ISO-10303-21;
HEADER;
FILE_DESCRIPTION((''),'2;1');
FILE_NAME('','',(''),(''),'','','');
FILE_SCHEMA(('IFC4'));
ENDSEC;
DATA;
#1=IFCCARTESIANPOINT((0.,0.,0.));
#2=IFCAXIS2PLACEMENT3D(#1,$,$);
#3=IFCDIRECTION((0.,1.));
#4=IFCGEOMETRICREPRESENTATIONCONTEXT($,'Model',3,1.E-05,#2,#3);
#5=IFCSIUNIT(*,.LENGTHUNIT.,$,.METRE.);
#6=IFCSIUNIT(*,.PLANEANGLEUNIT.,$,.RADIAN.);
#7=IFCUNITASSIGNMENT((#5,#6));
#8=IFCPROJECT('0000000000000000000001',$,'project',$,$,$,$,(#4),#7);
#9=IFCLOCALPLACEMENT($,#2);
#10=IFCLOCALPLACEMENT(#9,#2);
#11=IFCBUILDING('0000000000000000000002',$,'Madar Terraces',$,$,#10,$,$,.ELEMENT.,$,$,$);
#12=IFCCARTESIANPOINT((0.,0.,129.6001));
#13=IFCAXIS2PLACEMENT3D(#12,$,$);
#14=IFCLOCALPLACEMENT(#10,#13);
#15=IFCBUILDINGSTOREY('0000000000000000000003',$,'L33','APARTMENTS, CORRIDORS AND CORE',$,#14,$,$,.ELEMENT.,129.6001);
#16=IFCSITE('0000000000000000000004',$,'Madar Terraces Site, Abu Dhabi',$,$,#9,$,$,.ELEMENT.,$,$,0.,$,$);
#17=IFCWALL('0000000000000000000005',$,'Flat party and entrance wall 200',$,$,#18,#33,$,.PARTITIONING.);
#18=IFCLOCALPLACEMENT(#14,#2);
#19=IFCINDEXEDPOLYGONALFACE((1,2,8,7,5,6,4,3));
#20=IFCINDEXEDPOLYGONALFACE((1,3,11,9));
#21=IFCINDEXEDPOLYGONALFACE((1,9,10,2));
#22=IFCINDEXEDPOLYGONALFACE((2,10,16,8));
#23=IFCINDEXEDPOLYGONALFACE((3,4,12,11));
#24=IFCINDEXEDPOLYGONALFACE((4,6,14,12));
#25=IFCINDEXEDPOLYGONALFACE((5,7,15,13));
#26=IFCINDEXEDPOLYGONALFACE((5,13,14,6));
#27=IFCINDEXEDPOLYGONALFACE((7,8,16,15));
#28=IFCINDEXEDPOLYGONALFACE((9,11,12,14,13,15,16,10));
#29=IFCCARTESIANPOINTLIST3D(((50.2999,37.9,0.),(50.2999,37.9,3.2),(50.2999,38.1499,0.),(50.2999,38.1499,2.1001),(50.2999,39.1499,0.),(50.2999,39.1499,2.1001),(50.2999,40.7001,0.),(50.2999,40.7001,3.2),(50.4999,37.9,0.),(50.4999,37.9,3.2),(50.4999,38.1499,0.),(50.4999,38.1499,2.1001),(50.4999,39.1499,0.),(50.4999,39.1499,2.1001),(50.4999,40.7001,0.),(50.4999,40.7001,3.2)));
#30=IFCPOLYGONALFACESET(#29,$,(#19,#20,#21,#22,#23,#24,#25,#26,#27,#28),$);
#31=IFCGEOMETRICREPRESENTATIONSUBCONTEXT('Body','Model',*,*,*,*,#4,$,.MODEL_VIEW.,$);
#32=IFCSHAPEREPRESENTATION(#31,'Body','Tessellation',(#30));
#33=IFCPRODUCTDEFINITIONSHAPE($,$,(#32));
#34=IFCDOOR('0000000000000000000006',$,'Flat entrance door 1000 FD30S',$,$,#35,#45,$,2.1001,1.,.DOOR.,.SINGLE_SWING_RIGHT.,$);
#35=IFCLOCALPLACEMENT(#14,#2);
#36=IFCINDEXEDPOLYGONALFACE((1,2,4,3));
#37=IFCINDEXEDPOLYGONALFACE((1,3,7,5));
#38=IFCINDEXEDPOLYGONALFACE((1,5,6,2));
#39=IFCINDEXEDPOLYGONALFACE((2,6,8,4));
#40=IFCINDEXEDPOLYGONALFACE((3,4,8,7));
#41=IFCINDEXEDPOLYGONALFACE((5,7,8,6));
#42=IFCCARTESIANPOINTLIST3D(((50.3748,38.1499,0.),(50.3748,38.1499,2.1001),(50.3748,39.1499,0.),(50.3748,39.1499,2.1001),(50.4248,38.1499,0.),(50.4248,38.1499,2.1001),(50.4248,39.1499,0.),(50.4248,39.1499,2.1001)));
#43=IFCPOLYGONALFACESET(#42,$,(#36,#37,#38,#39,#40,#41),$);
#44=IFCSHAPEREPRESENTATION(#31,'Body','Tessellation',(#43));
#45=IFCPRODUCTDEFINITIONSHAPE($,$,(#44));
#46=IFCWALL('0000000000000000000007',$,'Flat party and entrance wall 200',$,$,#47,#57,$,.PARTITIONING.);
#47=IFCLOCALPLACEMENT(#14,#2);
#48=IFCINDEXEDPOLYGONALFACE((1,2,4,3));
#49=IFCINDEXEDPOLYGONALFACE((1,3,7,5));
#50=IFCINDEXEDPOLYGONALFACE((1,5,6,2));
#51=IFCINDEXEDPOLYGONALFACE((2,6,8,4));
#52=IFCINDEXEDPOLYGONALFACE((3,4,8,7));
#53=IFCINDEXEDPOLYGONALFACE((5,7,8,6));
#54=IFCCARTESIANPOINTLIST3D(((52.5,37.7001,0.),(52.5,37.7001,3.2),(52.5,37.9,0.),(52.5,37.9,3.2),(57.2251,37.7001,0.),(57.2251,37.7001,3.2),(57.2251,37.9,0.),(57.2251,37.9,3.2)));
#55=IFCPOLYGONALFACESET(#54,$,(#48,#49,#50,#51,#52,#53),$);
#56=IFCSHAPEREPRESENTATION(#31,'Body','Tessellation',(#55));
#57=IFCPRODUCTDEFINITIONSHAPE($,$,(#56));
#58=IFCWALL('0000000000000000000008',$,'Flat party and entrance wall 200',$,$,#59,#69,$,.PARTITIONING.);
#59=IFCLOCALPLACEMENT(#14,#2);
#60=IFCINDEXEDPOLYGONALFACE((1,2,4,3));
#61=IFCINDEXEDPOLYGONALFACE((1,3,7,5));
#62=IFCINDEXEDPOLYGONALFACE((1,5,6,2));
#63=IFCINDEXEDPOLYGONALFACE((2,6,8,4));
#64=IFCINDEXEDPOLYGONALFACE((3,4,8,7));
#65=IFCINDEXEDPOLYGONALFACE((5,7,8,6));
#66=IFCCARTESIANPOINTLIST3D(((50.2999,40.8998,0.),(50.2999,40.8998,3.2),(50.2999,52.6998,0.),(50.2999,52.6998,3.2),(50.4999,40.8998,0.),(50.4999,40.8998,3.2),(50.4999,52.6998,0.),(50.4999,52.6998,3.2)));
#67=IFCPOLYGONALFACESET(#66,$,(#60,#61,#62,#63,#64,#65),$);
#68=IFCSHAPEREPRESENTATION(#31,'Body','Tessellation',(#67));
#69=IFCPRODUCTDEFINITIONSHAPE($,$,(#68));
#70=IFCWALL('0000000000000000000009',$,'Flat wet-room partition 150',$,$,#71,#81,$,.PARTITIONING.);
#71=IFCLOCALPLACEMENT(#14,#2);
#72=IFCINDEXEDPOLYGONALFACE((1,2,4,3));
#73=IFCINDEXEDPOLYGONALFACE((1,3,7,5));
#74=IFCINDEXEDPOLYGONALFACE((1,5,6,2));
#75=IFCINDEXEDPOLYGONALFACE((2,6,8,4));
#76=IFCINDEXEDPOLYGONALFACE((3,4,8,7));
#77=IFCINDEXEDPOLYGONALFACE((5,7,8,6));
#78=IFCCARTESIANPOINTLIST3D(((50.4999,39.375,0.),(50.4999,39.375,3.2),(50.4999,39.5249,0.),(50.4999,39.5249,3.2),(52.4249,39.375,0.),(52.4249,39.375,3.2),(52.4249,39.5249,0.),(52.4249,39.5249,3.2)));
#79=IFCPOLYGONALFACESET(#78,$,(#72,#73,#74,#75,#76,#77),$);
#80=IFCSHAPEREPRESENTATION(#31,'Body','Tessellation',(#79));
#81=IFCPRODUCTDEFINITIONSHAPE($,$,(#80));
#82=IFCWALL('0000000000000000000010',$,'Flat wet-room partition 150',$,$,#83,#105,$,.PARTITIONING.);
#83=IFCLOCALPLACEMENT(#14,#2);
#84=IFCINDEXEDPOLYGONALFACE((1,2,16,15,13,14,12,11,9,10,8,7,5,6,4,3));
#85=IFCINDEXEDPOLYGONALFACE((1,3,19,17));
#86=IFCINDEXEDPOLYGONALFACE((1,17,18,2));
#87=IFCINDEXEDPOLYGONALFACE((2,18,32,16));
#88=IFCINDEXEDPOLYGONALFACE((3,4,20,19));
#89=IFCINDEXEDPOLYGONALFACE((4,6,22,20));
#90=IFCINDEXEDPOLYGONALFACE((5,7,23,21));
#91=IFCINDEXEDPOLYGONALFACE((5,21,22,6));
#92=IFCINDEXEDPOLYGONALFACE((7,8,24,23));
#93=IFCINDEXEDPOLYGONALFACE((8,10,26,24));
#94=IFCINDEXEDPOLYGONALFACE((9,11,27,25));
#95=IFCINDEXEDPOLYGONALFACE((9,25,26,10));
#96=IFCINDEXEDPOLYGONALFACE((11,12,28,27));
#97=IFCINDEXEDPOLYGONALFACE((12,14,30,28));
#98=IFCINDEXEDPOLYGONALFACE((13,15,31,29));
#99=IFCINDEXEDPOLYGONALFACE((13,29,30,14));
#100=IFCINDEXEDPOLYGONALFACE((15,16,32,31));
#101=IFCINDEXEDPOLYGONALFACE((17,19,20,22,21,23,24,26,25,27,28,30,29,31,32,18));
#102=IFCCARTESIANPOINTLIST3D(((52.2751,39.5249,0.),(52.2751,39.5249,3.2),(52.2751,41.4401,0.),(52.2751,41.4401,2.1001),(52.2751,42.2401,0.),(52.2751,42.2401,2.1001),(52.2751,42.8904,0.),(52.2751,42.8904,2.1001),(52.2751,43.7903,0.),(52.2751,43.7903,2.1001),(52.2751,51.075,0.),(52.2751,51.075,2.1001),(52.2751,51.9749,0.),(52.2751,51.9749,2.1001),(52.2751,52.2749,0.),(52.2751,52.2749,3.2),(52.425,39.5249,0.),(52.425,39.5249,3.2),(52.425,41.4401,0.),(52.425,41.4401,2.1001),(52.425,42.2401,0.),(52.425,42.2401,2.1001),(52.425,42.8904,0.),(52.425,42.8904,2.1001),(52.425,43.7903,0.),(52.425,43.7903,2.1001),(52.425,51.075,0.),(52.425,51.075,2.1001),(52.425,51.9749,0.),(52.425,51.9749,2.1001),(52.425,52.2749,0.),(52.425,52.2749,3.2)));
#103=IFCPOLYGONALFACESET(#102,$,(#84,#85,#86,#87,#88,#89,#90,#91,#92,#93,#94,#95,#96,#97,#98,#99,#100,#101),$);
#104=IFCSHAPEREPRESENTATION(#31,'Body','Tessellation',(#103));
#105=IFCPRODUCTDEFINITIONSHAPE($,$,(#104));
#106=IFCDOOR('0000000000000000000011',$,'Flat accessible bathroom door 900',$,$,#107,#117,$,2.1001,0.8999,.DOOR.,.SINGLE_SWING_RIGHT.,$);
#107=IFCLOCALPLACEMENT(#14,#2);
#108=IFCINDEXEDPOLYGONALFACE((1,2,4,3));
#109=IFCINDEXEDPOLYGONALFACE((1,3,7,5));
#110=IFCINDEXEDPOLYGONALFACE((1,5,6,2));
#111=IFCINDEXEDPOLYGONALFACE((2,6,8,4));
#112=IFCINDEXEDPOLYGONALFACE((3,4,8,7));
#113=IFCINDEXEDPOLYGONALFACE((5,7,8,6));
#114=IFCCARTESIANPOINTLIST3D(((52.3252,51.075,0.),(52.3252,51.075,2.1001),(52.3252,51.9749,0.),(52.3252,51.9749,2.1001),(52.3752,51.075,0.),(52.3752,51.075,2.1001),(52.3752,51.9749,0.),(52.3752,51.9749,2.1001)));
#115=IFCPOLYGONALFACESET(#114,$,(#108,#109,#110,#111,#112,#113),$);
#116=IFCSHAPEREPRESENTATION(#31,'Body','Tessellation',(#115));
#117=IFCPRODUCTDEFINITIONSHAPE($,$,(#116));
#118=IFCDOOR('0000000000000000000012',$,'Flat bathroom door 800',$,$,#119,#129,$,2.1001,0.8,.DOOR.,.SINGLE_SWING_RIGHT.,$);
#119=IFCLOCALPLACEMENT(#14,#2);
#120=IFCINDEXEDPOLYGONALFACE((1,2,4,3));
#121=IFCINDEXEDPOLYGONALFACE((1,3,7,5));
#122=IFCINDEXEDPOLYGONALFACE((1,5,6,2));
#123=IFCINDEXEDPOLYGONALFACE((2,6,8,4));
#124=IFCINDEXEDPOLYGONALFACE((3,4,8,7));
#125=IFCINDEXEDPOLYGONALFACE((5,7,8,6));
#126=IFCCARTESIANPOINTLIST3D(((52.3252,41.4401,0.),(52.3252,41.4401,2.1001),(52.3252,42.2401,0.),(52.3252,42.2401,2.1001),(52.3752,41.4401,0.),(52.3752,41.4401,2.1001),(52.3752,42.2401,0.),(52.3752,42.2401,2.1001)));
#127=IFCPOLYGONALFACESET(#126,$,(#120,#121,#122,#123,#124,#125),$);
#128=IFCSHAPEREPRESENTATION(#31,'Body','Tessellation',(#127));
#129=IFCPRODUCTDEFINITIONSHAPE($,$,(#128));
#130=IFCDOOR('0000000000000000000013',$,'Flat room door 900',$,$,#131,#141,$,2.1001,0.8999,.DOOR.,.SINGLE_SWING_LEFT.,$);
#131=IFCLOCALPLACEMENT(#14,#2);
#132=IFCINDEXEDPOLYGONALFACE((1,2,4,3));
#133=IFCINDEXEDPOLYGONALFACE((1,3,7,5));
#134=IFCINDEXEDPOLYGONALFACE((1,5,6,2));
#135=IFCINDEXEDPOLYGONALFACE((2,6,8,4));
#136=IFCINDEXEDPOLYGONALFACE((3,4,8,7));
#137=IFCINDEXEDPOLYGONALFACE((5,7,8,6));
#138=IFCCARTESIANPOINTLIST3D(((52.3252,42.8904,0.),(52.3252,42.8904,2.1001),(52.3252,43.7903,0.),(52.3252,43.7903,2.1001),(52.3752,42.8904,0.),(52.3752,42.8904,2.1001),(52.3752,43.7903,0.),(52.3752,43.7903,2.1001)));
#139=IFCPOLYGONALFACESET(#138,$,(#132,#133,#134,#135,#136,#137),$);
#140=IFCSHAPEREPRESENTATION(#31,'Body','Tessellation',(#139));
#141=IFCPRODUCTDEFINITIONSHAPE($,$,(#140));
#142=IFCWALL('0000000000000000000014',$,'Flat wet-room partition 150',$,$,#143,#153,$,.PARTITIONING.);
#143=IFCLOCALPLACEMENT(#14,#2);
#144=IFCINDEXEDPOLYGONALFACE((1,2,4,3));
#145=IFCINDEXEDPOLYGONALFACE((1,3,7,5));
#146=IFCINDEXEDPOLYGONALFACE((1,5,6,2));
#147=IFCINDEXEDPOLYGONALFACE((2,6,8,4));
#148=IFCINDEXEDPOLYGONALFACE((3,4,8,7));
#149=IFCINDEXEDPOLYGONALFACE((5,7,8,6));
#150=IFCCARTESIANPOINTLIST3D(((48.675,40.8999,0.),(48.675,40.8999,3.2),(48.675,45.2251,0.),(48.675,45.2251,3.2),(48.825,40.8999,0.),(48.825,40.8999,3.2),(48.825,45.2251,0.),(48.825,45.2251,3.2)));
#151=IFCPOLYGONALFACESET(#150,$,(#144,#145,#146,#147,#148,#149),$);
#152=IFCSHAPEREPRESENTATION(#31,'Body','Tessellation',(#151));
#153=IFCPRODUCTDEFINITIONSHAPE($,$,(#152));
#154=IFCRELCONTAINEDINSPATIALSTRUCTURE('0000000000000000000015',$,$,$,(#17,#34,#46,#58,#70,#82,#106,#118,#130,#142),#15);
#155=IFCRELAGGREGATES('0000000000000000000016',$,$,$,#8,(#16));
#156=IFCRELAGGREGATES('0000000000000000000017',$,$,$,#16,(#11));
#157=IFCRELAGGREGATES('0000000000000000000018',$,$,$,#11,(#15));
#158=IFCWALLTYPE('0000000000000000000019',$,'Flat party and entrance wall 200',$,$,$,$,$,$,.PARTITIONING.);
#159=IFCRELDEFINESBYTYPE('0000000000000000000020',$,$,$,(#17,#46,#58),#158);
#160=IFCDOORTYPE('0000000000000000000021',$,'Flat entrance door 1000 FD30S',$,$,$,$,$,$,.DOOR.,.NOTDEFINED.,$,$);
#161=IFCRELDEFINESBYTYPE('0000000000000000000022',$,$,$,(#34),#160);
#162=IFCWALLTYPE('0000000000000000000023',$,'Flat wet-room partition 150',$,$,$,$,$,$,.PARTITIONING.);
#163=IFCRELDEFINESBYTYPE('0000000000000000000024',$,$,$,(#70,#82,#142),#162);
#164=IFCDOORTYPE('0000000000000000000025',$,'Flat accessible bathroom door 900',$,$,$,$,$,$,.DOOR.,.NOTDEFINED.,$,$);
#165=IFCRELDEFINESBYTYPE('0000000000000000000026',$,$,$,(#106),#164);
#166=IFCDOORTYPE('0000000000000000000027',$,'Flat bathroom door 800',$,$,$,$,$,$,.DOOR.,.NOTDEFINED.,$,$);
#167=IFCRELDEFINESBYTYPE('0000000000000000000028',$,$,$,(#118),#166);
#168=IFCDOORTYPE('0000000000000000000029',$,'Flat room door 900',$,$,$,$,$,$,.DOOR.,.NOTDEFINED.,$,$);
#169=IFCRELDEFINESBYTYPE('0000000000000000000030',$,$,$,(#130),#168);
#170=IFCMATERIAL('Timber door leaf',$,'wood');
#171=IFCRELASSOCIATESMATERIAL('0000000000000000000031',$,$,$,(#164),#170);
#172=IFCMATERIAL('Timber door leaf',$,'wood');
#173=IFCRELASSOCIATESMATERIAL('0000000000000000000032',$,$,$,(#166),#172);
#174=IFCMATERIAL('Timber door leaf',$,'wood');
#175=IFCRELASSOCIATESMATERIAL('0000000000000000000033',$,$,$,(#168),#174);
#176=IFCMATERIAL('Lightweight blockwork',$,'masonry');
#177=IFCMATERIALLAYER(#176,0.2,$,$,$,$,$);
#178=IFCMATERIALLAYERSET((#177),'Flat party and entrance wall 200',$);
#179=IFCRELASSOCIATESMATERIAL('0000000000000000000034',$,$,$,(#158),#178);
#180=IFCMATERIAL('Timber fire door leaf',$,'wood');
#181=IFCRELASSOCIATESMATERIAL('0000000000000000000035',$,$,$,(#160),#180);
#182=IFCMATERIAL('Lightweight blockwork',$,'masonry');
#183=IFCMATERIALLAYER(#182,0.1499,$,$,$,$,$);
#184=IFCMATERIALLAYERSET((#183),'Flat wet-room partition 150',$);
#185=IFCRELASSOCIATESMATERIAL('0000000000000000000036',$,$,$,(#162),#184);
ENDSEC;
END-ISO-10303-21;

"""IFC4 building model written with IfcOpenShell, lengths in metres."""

from ifc_helpers import new_model, si_unit, direction, frame, frame_2d, origin, place, context, subcontext, project, spatial, rectangle, extrude, material, layer, layer_set, type_object, element, fill, save


model = new_model("IFC4")

# Units and contexts
model_context = context("Model", 3, precision=1e-05, world=origin(), true_north=direction((0.0, 1.0)))
body_context = subcontext(model_context, "Body", "Model", "MODEL_VIEW")
ifc_project = project(units=[si_unit("LENGTHUNIT", "METRE"), si_unit("PLANEANGLEUNIT", "RADIAN")], contexts=[model_context])

# Site, building, storey
site_placement = place(None, origin())
site = spatial("IfcSite", under=ifc_project, at=site_placement, Name="Madar Terraces Site, Abu Dhabi", CompositionType="ELEMENT", RefElevation=0.0)
building_placement = place(site_placement, origin())
building = spatial("IfcBuilding", under=site, at=building_placement, Name="Madar Terraces", CompositionType="ELEMENT")
storey_placement = place(building_placement, frame((0.0, 0.0, 129.6001)))
storey = spatial("IfcBuildingStorey", under=building, at=storey_placement, Name="L33", Description="APARTMENTS, CORRIDORS AND CORE", CompositionType="ELEMENT", Elevation=129.6001)

# Shared definitions
ifc_material_1 = material(Name="Timber door leaf", Category="wood")
door_type_1 = type_object("IfcDoorType", Name="Flat accessible bathroom door 900", OperationType="NOTDEFINED", PredefinedType="DOOR", material=ifc_material_1)
ifc_material_2 = material(Name="Timber door leaf", Category="wood")
door_type_2 = type_object("IfcDoorType", Name="Flat bathroom door 800", OperationType="NOTDEFINED", PredefinedType="DOOR", material=ifc_material_2)
ifc_material_3 = material(Name="Timber door leaf", Category="wood")
door_type_3 = type_object("IfcDoorType", Name="Flat room door 900", OperationType="NOTDEFINED", PredefinedType="DOOR", material=ifc_material_3)

# Shared definitions
ifc_material_4 = material(Name="Lightweight blockwork", Category="masonry")
ifc_layer_1 = layer(ifc_material_4, 0.2)
ifc_layer_set_1 = layer_set([ifc_layer_1], Name="Flat party and entrance wall 200")
wall_type_1 = type_object("IfcWallType", Name="Flat party and entrance wall 200", PredefinedType="PARTITIONING", material=ifc_layer_set_1)

# Wall, opening, door
wall_1_placement = place(storey_placement, frame((50.3999, 40.7, 0.0), z_axis=(0.0, 0.0, 1.0), x_axis=(0.0, -1.0, 0.0)))
wall_1 = element("IfcWall", 1, at=wall_1_placement, inside=storey, type_object=wall_type_1, Name="Flat party and entrance wall 200", PredefinedType="PARTITIONING", context=body_context, shape_type="SweptSolid", body=[
    extrude(rectangle(XDim=2.8, YDim=0.2, at=frame_2d((1.3999, 0.0))), origin(), (0.0, 0.0, 1.0), 3.2),
])
opening_1_placement = place(wall_1_placement, frame((1.55, 0.0, 0.0)))
opening_1 = element("IfcOpeningElement", 2, at=opening_1_placement, cuts=wall_1, PredefinedType="OPENING", context=body_context, shape_type="SweptSolid", body=[
    extrude(rectangle(XDim=1.0, YDim=2.1001, at=frame_2d((0.5, 1.05))), frame((0.0, 0.1099, 0.0), z_axis=(0.0, -1.0, 0.0), x_axis=(1.0, 0.0, 0.0)), (0.0, 0.0, 1.0), 0.22),
])
ifc_material_5 = material(Name="Timber fire door leaf", Category="wood")
door_type_4 = type_object("IfcDoorType", Name="Flat entrance door 1000 FD30S", OperationType="NOTDEFINED", PredefinedType="DOOR", material=ifc_material_5)
door_1_placement = place(opening_1_placement, origin())
door_1 = element("IfcDoor", 3, at=door_1_placement, inside=storey, type_object=door_type_4, Name="Flat entrance door 1000 FD30S", OperationType="SINGLE_SWING_RIGHT", OverallHeight=2.1001, OverallWidth=1.0, PredefinedType="DOOR", context=body_context, shape_type="SweptSolid", body=[
    extrude(rectangle(XDim=1.0, YDim=2.1001, at=frame_2d((0.5, 1.05))), frame((0.0, 0.0249, 0.0), z_axis=(0.0, -1.0, 0.0), x_axis=(1.0, 0.0, 0.0)), (0.0, 0.0, 1.0), 0.05),
])
fill(opening_1, door_1)

# Walls
wall_2_placement = place(storey_placement, frame((52.5, 37.8, 0.0), z_axis=(0.0, 0.0, 1.0), x_axis=(1.0, 0.0, 0.0)))
element("IfcWall", 4, at=wall_2_placement, inside=storey, type_object=wall_type_1, Name="Flat party and entrance wall 200", PredefinedType="PARTITIONING", context=body_context, shape_type="SweptSolid", body=[
    extrude(rectangle(XDim=4.7251, YDim=0.2, at=frame_2d((2.3625, 0.0))), origin(), (0.0, 0.0, 1.0), 3.2),
])
wall_3_placement = place(storey_placement, frame((50.3999, 40.8999, 0.0), z_axis=(0.0, 0.0, 1.0), x_axis=(0.0, 1.0, 0.0)))
element("IfcWall", 5, at=wall_3_placement, inside=storey, type_object=wall_type_1, Name="Flat party and entrance wall 200", PredefinedType="PARTITIONING", context=body_context, shape_type="SweptSolid", body=[
    extrude(rectangle(XDim=11.8, YDim=0.2, at=frame_2d((5.8999, 0.0))), origin(), (0.0, 0.0, 1.0), 3.2),
])
ifc_material_6 = material(Name="Lightweight blockwork", Category="masonry")
ifc_layer_2 = layer(ifc_material_6, 0.1499)
ifc_layer_set_2 = layer_set([ifc_layer_2], Name="Flat wet-room partition 150")
wall_type_2 = type_object("IfcWallType", Name="Flat wet-room partition 150", PredefinedType="PARTITIONING", material=ifc_layer_set_2)
wall_4_placement = place(storey_placement, frame((50.5, 39.45, 0.0), z_axis=(0.0, 0.0, 1.0), x_axis=(1.0, 0.0, 0.0)))
element("IfcWall", 6, at=wall_4_placement, inside=storey, type_object=wall_type_2, Name="Flat wet-room partition 150", PredefinedType="PARTITIONING", context=body_context, shape_type="SweptSolid", body=[
    extrude(rectangle(XDim=1.925, YDim=0.1499, at=frame_2d((0.9624, 0.0))), origin(), (0.0, 0.0, 1.0), 3.2),
])

# Wall, openings, doors
wall_5_placement = place(storey_placement, frame((52.3501, 39.5249, 0.0), z_axis=(0.0, 0.0, 1.0), x_axis=(0.0, 1.0, 0.0)))
wall_5 = element("IfcWall", 7, at=wall_5_placement, inside=storey, type_object=wall_type_2, Name="Flat wet-room partition 150", PredefinedType="PARTITIONING", context=body_context, shape_type="SweptSolid", body=[
    extrude(rectangle(XDim=12.75, YDim=0.1499, at=frame_2d((6.375, 0.0))), origin(), (0.0, 0.0, 1.0), 3.2),
])
opening_2_placement = place(wall_5_placement, frame((1.9153, 0.0, 0.0)))
opening_2 = element("IfcOpeningElement", 8, at=opening_2_placement, cuts=wall_5, PredefinedType="OPENING", context=body_context, shape_type="SweptSolid", body=[
    extrude(rectangle(XDim=0.8, YDim=2.1001, at=frame_2d((0.3999, 1.05))), frame((0.0, 0.085, 0.0), z_axis=(0.0, -1.0, 0.0), x_axis=(1.0, 0.0, 0.0)), (0.0, 0.0, 1.0), 0.1699),
])
opening_3_placement = place(wall_5_placement, frame((3.3655, 0.0, 0.0)))
opening_3 = element("IfcOpeningElement", 9, at=opening_3_placement, cuts=wall_5, PredefinedType="OPENING", context=body_context, shape_type="SweptSolid", body=[
    extrude(rectangle(XDim=0.8999, YDim=2.1001, at=frame_2d((0.45, 1.05))), frame((0.0, 0.085, 0.0), z_axis=(0.0, -1.0, 0.0), x_axis=(1.0, 0.0, 0.0)), (0.0, 0.0, 1.0), 0.1699),
])
opening_4_placement = place(wall_5_placement, frame((11.55, 0.0, 0.0)))
opening_4 = element("IfcOpeningElement", 10, at=opening_4_placement, cuts=wall_5, PredefinedType="OPENING", context=body_context, shape_type="SweptSolid", body=[
    extrude(rectangle(XDim=0.8999, YDim=2.1001, at=frame_2d((0.45, 1.05))), frame((0.0, 0.085, 0.0), z_axis=(0.0, -1.0, 0.0), x_axis=(1.0, 0.0, 0.0)), (0.0, 0.0, 1.0), 0.1699),
])
door_2_placement = place(opening_4_placement, origin())
door_2 = element("IfcDoor", 11, at=door_2_placement, inside=storey, type_object=door_type_1, Name="Flat accessible bathroom door 900", OperationType="SINGLE_SWING_RIGHT", OverallHeight=2.1001, OverallWidth=0.8999, PredefinedType="DOOR", context=body_context, shape_type="SweptSolid", body=[
    extrude(rectangle(XDim=0.8999, YDim=2.1001, at=frame_2d((0.45, 1.05))), frame((0.0, 0.0249, 0.0), z_axis=(0.0, -1.0, 0.0), x_axis=(1.0, 0.0, 0.0)), (0.0, 0.0, 1.0), 0.05),
])
fill(opening_4, door_2)
door_3_placement = place(opening_2_placement, origin())
door_3 = element("IfcDoor", 12, at=door_3_placement, inside=storey, type_object=door_type_2, Name="Flat bathroom door 800", OperationType="SINGLE_SWING_RIGHT", OverallHeight=2.1001, OverallWidth=0.8, PredefinedType="DOOR", context=body_context, shape_type="SweptSolid", body=[
    extrude(rectangle(XDim=0.8, YDim=2.1001, at=frame_2d((0.3999, 1.05))), frame((0.0, 0.0249, 0.0), z_axis=(0.0, -1.0, 0.0), x_axis=(1.0, 0.0, 0.0)), (0.0, 0.0, 1.0), 0.05),
])
fill(opening_2, door_3)
door_4_placement = place(opening_3_placement, origin())
door_4 = element("IfcDoor", 13, at=door_4_placement, inside=storey, type_object=door_type_3, Name="Flat room door 900", OperationType="SINGLE_SWING_LEFT", OverallHeight=2.1001, OverallWidth=0.8999, PredefinedType="DOOR", context=body_context, shape_type="SweptSolid", body=[
    extrude(rectangle(XDim=0.8999, YDim=2.1001, at=frame_2d((0.45, 1.05))), frame((0.0, 0.0249, 0.0), z_axis=(0.0, -1.0, 0.0), x_axis=(1.0, 0.0, 0.0)), (0.0, 0.0, 1.0), 0.05),
])
fill(opening_3, door_4)

# Wall
wall_6_placement = place(storey_placement, frame((48.75, 40.8999, 0.0), z_axis=(0.0, 0.0, 1.0), x_axis=(0.0, 1.0, 0.0)))
element("IfcWall", 14, at=wall_6_placement, inside=storey, type_object=wall_type_2, Name="Flat wet-room partition 150", PredefinedType="PARTITIONING", context=body_context, shape_type="SweptSolid", body=[
    extrude(rectangle(XDim=4.3252, YDim=0.1499, at=frame_2d((2.1626, 0.0))), origin(), (0.0, 0.0, 1.0), 3.2),
])

save(model, "model.ifc")
